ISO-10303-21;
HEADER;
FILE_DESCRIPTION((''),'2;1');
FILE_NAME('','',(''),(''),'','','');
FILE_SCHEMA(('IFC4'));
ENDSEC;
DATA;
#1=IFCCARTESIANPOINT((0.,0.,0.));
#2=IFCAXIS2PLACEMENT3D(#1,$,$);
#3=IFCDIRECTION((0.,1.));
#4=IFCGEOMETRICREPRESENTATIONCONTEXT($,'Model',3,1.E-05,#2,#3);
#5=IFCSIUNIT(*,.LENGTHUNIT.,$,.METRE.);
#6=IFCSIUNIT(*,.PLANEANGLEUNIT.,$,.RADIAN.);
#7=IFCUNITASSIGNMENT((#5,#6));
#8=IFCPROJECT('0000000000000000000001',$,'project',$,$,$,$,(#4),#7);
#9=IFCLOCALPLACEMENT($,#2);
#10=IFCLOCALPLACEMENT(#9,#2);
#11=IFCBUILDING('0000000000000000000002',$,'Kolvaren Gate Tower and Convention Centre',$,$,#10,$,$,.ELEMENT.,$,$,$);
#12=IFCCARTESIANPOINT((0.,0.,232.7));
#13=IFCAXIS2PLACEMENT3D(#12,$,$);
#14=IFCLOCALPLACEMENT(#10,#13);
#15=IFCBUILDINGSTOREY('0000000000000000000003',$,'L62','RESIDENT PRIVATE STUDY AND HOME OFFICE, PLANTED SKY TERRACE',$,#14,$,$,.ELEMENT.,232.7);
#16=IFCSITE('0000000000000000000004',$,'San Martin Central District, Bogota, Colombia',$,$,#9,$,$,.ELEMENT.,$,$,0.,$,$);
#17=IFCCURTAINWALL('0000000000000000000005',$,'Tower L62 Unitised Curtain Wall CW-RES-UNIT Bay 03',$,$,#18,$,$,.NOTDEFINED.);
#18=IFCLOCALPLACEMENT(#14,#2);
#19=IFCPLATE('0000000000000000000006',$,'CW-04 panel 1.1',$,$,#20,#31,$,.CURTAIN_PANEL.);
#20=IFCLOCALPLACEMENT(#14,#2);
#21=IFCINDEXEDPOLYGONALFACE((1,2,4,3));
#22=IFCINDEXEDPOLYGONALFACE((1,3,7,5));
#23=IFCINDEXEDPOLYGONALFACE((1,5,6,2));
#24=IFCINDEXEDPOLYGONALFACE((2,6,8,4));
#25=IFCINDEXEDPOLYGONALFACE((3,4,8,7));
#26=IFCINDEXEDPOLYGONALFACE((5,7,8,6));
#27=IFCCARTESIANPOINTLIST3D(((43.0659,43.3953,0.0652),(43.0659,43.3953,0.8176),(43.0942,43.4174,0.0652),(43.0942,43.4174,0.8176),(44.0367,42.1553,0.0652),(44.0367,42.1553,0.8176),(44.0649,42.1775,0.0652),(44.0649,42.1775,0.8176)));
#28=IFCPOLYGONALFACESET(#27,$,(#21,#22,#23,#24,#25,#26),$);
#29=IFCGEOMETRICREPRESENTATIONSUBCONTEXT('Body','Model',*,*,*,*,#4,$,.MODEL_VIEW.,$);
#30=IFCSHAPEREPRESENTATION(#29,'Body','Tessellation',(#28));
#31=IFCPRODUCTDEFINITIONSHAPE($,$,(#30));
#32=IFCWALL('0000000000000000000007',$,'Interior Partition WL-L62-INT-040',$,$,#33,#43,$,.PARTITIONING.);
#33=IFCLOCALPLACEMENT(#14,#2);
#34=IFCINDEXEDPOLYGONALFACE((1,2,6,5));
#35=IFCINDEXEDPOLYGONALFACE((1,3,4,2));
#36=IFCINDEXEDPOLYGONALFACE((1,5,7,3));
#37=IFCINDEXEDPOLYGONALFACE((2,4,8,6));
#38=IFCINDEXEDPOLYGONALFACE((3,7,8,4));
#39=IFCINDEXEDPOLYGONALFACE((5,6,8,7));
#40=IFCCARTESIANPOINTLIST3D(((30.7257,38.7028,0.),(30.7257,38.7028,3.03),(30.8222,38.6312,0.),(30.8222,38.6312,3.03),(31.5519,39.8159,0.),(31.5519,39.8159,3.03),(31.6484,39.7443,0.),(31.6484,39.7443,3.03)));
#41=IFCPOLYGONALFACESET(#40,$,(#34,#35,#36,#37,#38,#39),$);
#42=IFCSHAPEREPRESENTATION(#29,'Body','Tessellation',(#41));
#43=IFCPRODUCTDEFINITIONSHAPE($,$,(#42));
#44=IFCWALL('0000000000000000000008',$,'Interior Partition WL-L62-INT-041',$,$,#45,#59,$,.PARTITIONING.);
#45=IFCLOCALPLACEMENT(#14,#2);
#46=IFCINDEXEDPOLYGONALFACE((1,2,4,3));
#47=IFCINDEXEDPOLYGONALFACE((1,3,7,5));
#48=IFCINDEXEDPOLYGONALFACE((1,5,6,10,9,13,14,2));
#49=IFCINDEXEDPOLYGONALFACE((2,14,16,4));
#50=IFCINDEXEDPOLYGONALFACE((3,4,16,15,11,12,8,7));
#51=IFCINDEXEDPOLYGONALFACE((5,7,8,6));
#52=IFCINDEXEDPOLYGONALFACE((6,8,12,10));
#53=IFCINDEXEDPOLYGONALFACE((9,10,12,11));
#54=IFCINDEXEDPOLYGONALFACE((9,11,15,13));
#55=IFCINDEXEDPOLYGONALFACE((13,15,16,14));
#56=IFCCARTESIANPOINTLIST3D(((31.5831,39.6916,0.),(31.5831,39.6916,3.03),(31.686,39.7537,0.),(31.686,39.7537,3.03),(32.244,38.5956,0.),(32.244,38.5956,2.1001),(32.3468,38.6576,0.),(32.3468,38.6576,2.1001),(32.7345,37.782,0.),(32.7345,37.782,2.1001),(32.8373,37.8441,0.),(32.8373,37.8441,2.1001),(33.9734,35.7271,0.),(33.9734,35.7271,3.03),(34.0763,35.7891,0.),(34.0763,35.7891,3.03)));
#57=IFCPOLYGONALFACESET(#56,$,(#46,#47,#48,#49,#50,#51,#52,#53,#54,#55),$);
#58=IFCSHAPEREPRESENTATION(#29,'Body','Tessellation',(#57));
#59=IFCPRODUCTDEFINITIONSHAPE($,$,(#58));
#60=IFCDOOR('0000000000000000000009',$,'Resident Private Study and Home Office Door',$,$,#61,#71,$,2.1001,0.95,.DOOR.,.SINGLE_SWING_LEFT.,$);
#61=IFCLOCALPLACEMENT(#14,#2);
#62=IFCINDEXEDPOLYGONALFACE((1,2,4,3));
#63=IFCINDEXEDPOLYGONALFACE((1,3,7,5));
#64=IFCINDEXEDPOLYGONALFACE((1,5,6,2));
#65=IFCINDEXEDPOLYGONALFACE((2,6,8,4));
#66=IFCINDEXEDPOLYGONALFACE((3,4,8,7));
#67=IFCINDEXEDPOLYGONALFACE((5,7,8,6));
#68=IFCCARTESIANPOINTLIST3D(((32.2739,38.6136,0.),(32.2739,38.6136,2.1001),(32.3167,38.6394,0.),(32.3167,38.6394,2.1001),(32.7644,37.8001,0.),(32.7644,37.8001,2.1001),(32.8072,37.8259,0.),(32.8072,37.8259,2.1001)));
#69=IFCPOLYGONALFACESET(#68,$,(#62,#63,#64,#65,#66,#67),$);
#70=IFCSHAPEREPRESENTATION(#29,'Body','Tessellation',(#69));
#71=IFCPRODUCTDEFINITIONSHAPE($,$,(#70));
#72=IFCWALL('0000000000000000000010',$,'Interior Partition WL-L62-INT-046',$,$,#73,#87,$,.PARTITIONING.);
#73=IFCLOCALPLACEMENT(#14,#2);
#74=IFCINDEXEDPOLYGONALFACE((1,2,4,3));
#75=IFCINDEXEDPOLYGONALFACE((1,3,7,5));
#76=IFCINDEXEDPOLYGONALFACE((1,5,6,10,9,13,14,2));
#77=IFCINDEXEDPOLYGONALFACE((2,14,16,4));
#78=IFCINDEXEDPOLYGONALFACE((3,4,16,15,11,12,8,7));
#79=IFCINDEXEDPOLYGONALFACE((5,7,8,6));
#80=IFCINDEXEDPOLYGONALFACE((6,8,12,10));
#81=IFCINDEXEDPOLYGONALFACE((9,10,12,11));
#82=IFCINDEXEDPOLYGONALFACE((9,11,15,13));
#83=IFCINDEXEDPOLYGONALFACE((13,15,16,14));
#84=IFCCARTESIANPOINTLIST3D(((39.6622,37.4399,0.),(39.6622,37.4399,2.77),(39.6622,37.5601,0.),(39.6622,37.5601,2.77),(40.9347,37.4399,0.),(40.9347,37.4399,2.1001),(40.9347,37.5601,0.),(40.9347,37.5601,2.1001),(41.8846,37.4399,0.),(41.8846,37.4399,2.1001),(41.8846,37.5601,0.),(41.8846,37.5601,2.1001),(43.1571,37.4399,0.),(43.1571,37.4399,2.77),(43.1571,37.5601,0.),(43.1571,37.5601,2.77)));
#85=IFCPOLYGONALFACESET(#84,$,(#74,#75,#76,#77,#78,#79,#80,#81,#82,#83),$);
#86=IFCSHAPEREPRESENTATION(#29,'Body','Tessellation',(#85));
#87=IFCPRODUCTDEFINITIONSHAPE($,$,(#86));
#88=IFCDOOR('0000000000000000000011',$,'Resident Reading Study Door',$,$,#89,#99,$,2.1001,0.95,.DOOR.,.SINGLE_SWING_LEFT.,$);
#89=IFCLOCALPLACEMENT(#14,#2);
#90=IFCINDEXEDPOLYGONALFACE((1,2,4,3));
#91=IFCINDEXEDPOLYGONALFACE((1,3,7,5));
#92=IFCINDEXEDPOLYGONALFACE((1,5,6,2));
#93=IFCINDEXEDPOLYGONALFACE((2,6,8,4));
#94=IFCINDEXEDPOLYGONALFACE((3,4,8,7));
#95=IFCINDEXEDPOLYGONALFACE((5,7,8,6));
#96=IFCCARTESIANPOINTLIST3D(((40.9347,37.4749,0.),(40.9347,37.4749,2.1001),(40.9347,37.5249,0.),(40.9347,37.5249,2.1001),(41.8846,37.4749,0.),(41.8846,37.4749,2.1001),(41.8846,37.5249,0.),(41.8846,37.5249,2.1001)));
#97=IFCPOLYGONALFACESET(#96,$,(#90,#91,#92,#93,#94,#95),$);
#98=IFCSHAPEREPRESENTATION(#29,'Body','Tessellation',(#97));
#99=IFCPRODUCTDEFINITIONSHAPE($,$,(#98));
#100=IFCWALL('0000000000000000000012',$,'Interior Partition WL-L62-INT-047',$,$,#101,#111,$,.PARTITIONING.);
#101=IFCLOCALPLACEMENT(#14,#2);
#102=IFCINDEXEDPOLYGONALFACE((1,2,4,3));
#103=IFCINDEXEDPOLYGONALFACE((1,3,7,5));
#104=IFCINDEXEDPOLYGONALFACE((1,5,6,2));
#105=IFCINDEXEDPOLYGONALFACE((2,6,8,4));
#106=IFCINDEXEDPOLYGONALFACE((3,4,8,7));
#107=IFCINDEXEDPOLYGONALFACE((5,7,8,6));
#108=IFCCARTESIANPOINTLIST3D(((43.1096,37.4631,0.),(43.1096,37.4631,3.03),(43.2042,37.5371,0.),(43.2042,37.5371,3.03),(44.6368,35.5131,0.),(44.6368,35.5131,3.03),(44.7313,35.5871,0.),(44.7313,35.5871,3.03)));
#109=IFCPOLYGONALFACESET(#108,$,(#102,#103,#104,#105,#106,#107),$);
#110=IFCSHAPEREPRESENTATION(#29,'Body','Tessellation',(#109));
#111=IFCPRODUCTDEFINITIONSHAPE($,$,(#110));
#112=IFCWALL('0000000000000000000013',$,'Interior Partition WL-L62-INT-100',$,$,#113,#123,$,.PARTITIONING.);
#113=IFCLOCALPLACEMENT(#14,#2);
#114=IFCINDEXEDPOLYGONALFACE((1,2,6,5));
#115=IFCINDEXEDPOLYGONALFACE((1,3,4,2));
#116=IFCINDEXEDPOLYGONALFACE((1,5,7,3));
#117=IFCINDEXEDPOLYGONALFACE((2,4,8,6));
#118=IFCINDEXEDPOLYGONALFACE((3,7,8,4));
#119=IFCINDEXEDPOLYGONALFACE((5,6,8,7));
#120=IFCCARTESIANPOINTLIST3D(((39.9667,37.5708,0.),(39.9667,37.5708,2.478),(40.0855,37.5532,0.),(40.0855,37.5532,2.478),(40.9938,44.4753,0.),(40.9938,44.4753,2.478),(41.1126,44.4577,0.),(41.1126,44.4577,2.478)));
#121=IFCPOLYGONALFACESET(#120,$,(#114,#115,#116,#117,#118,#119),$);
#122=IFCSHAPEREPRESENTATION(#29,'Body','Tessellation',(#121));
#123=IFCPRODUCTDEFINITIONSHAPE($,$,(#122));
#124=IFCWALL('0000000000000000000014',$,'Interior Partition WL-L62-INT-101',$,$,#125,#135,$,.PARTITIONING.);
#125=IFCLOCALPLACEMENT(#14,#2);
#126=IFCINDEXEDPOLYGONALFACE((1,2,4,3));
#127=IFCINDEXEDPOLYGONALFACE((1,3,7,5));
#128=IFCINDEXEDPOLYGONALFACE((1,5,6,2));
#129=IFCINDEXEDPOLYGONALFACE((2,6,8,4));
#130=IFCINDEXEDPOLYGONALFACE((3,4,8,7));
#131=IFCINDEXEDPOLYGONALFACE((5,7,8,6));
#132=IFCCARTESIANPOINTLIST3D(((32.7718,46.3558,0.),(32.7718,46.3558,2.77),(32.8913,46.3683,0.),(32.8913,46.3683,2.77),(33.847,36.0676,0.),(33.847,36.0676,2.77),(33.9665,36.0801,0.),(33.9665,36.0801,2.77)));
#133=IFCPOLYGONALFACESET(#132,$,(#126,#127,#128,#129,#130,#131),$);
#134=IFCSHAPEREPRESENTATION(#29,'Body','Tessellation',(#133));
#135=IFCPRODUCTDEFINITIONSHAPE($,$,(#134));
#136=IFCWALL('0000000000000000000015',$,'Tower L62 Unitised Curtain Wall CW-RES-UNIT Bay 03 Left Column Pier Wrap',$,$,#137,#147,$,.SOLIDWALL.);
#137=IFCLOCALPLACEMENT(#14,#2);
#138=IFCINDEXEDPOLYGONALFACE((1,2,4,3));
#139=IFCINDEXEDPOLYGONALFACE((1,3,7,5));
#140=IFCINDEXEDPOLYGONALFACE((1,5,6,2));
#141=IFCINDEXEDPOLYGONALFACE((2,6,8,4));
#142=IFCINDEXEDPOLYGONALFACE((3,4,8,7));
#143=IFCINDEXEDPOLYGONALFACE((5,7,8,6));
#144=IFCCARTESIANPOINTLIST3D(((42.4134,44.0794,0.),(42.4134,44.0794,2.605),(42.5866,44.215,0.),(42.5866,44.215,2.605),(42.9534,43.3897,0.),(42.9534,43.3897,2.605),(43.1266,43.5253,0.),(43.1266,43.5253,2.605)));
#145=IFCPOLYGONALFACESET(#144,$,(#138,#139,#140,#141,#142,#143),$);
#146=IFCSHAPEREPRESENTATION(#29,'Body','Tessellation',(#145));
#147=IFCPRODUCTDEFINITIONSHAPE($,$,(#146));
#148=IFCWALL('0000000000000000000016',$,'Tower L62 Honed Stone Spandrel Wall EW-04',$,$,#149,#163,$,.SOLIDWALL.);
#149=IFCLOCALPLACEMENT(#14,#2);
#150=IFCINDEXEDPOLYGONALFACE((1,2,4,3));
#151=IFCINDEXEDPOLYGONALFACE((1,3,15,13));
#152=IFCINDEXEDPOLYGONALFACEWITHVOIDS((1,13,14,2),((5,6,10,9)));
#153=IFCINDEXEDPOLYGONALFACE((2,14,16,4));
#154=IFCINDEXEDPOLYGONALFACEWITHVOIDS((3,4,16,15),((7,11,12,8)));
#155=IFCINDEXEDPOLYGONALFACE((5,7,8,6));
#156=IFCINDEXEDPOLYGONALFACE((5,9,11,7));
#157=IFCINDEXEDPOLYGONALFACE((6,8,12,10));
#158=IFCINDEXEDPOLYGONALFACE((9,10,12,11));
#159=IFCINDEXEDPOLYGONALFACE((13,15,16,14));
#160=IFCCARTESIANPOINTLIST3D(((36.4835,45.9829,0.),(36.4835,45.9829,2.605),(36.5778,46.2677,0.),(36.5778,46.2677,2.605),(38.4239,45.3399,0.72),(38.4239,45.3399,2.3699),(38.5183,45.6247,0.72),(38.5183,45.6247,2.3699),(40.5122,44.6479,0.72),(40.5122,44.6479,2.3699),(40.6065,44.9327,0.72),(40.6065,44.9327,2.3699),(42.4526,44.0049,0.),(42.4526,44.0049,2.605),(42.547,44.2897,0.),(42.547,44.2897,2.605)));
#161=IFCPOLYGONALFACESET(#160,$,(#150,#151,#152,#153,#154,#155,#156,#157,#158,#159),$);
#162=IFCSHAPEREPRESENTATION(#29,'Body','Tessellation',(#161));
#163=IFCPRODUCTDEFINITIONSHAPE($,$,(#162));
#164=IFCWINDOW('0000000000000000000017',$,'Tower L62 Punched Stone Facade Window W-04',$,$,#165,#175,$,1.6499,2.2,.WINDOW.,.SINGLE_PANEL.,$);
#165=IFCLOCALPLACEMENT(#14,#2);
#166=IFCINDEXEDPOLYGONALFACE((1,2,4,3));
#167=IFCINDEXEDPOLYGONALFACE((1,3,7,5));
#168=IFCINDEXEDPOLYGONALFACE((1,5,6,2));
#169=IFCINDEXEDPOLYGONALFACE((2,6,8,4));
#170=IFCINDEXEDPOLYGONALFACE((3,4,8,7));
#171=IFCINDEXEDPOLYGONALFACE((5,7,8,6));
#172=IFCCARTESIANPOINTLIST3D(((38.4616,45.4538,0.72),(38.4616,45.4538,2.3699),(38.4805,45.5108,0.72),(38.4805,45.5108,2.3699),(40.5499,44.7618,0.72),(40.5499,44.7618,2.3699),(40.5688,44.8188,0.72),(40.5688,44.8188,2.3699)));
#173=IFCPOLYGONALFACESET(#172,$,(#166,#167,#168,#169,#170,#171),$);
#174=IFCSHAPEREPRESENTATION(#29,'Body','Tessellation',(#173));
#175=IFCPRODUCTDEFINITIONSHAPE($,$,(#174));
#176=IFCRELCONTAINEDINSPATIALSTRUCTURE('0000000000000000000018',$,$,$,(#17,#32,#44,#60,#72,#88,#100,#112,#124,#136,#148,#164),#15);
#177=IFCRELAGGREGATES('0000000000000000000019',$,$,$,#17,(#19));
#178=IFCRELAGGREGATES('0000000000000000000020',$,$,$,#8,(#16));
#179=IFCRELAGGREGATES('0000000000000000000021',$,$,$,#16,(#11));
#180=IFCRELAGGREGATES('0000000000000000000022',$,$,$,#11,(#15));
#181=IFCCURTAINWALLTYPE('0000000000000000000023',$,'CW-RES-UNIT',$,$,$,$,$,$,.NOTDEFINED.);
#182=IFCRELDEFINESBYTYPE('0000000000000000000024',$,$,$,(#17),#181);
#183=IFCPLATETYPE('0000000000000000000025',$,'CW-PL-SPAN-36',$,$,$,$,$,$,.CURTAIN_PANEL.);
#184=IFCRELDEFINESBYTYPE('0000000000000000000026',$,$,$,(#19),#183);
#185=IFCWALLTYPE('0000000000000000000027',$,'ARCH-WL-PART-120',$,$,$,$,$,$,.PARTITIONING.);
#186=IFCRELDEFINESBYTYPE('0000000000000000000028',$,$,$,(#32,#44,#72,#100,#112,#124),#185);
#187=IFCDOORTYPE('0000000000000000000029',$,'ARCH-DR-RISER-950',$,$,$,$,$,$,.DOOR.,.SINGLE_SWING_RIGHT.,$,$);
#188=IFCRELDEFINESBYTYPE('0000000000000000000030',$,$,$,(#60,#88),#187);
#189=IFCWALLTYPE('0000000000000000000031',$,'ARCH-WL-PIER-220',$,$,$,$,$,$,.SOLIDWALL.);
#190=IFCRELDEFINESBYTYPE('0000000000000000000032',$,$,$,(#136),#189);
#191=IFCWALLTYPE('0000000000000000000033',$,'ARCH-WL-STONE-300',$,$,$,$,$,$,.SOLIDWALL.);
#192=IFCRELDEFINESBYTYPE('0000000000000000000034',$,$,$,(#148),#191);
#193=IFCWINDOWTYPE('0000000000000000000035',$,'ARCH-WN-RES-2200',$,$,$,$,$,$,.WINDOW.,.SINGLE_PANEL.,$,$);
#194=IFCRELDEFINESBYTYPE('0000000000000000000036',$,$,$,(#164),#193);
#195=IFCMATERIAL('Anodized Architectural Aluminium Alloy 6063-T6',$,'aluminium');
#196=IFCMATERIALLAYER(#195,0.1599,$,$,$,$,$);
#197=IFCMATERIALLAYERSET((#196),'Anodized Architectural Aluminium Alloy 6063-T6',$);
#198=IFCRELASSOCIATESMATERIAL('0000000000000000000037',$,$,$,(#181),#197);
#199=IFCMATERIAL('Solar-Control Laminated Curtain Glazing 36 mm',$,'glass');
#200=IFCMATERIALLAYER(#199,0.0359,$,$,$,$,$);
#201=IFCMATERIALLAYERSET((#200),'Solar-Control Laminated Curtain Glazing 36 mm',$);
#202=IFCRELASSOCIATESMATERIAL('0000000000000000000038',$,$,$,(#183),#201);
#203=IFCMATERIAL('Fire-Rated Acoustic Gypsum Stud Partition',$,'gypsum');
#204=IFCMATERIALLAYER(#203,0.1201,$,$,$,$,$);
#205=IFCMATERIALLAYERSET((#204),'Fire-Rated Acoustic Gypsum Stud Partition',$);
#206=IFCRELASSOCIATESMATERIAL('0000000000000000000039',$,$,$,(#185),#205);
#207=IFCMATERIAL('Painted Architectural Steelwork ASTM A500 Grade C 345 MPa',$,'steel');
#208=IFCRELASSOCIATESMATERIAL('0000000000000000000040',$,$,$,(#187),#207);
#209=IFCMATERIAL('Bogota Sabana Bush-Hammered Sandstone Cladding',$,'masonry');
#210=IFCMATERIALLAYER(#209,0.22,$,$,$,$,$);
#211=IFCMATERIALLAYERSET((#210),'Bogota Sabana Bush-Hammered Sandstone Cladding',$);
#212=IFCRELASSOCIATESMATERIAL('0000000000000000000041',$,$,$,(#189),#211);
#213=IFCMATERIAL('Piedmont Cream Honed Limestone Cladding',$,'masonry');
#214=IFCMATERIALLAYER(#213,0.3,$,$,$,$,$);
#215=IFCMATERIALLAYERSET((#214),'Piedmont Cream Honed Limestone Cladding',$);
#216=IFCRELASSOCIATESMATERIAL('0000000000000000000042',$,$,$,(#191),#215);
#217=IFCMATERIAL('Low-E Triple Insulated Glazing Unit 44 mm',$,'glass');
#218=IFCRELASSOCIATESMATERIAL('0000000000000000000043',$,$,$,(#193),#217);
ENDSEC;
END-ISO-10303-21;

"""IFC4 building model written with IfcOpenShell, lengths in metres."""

from ifc_helpers import new_model, si_unit, direction, frame, frame_2d, origin, origin_2d, place, context, subcontext, project, spatial, rectangle, extrude, material, layer, layer_set, type_object, element, fill, aggregate, save


model = new_model("IFC4")

# Units and contexts
model_context = context("Model", 3, precision=1e-05, world=origin(), true_north=direction((0.0, 1.0)))
body_context = subcontext(model_context, "Body", "Model", "MODEL_VIEW")
ifc_project = project(units=[si_unit("LENGTHUNIT", "METRE"), si_unit("PLANEANGLEUNIT", "RADIAN")], contexts=[model_context])

# Site, building, storey
site_placement = place(None, origin())
site = spatial("IfcSite", under=ifc_project, at=site_placement, Name="San Martin Central District, Bogota, Colombia", CompositionType="ELEMENT", RefElevation=0.0)
building_placement = place(site_placement, origin())
building = spatial("IfcBuilding", under=site, at=building_placement, Name="Kolvaren Gate Tower and Convention Centre", CompositionType="ELEMENT")
storey_placement = place(building_placement, frame((0.0, 0.0, 232.7)))
storey = spatial("IfcBuildingStorey", under=building, at=storey_placement, Name="L62", Description="RESIDENT PRIVATE STUDY AND HOME OFFICE, PLANTED SKY TERRACE", CompositionType="ELEMENT", Elevation=232.7)

# Curtain wall
ifc_material_1 = material(Name="Anodized Architectural Aluminium Alloy 6063-T6", Category="aluminium")
ifc_layer_1 = layer(ifc_material_1, 0.1599)
ifc_layer_set_1 = layer_set([ifc_layer_1], Name="Anodized Architectural Aluminium Alloy 6063-T6")
curtain_wall_type = type_object("IfcCurtainWallType", Name="CW-RES-UNIT", PredefinedType="NOTDEFINED", material=ifc_layer_set_1)
curtain_wall_placement = place(storey_placement, origin())
curtain_wall = element("IfcCurtainWall", 1, at=curtain_wall_placement, inside=storey, type_object=curtain_wall_type, Name="Tower L62 Unitised Curtain Wall CW-RES-UNIT Bay 03", PredefinedType="NOTDEFINED")

# Plate
ifc_material_2 = material(Name="Low-E Triple Insulated Glazing Unit 44 mm", Category="glass")
ifc_material_3 = material(Name="Solar-Control Laminated Curtain Glazing 36 mm", Category="glass")
ifc_layer_2 = layer(ifc_material_3, 0.0359)
ifc_layer_set_2 = layer_set([ifc_layer_2], Name="Solar-Control Laminated Curtain Glazing 36 mm")
plate_type_1 = type_object("IfcPlateType", Name="CW-PL-SPAN-36", PredefinedType="CURTAIN_PANEL", material=ifc_layer_set_2)
plate_1_placement = place(storey_placement, frame((43.5654, 42.7864, 0.0652), z_axis=(0.0, 0.0, 1.0), x_axis=(0.616437, -0.787404, 0.0)))
plate_1 = element("IfcPlate", 2, at=plate_1_placement, type_object=plate_type_1, Name="CW-04 panel 1.1", PredefinedType="CURTAIN_PANEL", context=body_context, shape_type="SweptSolid", body=[
    extrude(rectangle(XDim=1.5747, YDim=0.0359, at=origin_2d()), origin(), (0.0, 0.0, 1.0), 0.7524),
])
aggregate(curtain_wall, [plate_1])

# Wall
ifc_material_4 = material(Name="Fire-Rated Acoustic Gypsum Stud Partition", Category="gypsum")
ifc_layer_3 = layer(ifc_material_4, 0.1201)
ifc_layer_set_3 = layer_set([ifc_layer_3], Name="Fire-Rated Acoustic Gypsum Stud Partition")
wall_type_1 = type_object("IfcWallType", Name="ARCH-WL-PART-120", PredefinedType="PARTITIONING", material=ifc_layer_set_3)
wall_1_placement = place(storey_placement, frame((30.7739, 38.667, 0.0), z_axis=(0.0, 0.0, 1.0), x_axis=(0.596019, 0.80297, 0.0)))
element("IfcWall", 3, at=wall_1_placement, inside=storey, type_object=wall_type_1, Name="Interior Partition WL-L62-INT-040", PredefinedType="PARTITIONING", context=body_context, shape_type="SweptSolid", body=[
    extrude(rectangle(XDim=1.3862, YDim=0.1201, at=frame_2d((0.6931, 0.0))), origin(), (0.0, 0.0, 1.0), 3.03),
])

# Walls, openings, doors
wall_2_placement = place(storey_placement, frame((31.6345, 39.7227, 0.0), z_axis=(0.0, 0.0, 1.0), x_axis=(0.51634, -0.856383, 0.0)))
wall_2 = element("IfcWall", 4, at=wall_2_placement, inside=storey, type_object=wall_type_1, Name="Interior Partition WL-L62-INT-041", PredefinedType="PARTITIONING", context=body_context, shape_type="SweptSolid", body=[
    extrude(rectangle(XDim=4.6294, YDim=0.1201, at=frame_2d((2.3147, 0.0))), origin(), (0.0, 0.0, 1.0), 3.03),
])
opening_1_placement = place(wall_2_placement, frame((1.2798, 0.0, 0.0)))
opening_1 = element("IfcOpeningElement", 5, at=opening_1_placement, cuts=wall_2, PredefinedType="OPENING", context=body_context, shape_type="SweptSolid", body=[
    extrude(rectangle(XDim=0.95, YDim=2.1001, at=frame_2d((0.4751, 1.05))), frame((0.0, 0.0701, 0.0), z_axis=(0.0, -1.0, 0.0), x_axis=(1.0, 0.0, 0.0)), (0.0, 0.0, 1.0), 0.1401),
])
ifc_material_5 = material(Name="Painted Architectural Steelwork ASTM A500 Grade C 345 MPa", Category="steel")
door_type = type_object("IfcDoorType", Name="ARCH-DR-RISER-950", OperationType="SINGLE_SWING_RIGHT", PredefinedType="DOOR", material=ifc_material_5)
door_1_placement = place(opening_1_placement, origin())
door_1 = element("IfcDoor", 6, at=door_1_placement, inside=storey, type_object=door_type, Name="Resident Private Study and Home Office Door", OperationType="SINGLE_SWING_LEFT", OverallHeight=2.1001, OverallWidth=0.95, PredefinedType="DOOR", context=body_context, shape_type="SweptSolid", body=[
    extrude(rectangle(XDim=0.95, YDim=2.1001, at=frame_2d((0.4751, 1.05))), frame((0.0, 0.0249, 0.0), z_axis=(0.0, -1.0, 0.0), x_axis=(1.0, 0.0, 0.0)), (0.0, 0.0, 1.0), 0.05),
])
fill(opening_1, door_1)
wall_3_placement = place(storey_placement, frame((39.6621, 37.5, 0.0), z_axis=(0.0, 0.0, 1.0), x_axis=(1.0, 0.0, 0.0)))
wall_3 = element("IfcWall", 7, at=wall_3_placement, inside=storey, type_object=wall_type_1, Name="Interior Partition WL-L62-INT-046", PredefinedType="PARTITIONING", context=body_context, shape_type="SweptSolid", body=[
    extrude(rectangle(XDim=3.4949, YDim=0.1201, at=frame_2d((1.7476, 0.0))), origin(), (0.0, 0.0, 1.0), 2.77),
])
opening_2_placement = place(wall_3_placement, frame((1.2725, 0.0, 0.0)))
opening_2 = element("IfcOpeningElement", 8, at=opening_2_placement, cuts=wall_3, PredefinedType="OPENING", context=body_context, shape_type="SweptSolid", body=[
    extrude(rectangle(XDim=0.95, YDim=2.1001, at=frame_2d((0.4751, 1.05))), frame((0.0, 0.0701, 0.0), z_axis=(0.0, -1.0, 0.0), x_axis=(1.0, 0.0, 0.0)), (0.0, 0.0, 1.0), 0.1401),
])
door_2_placement = place(opening_2_placement, origin())
door_2 = element("IfcDoor", 9, at=door_2_placement, inside=storey, type_object=door_type, Name="Resident Reading Study Door", OperationType="SINGLE_SWING_LEFT", OverallHeight=2.1001, OverallWidth=0.95, PredefinedType="DOOR", context=body_context, shape_type="SweptSolid", body=[
    extrude(rectangle(XDim=0.95, YDim=2.1001, at=frame_2d((0.4751, 1.05))), frame((0.0, 0.0249, 0.0), z_axis=(0.0, -1.0, 0.0), x_axis=(1.0, 0.0, 0.0)), (0.0, 0.0, 1.0), 0.05),
])
fill(opening_2, door_2)

# Walls
wall_4_placement = place(storey_placement, frame((43.157, 37.5, 0.0), z_axis=(0.0, 0.0, 1.0), x_axis=(0.616571, -0.787299, 0.0)))
element("IfcWall", 10, at=wall_4_placement, inside=storey, type_object=wall_type_1, Name="Interior Partition WL-L62-INT-047", PredefinedType="PARTITIONING", context=body_context, shape_type="SweptSolid", body=[
    extrude(rectangle(XDim=2.4768, YDim=0.1201, at=frame_2d((1.2383, 0.0))), origin(), (0.0, 0.0, 1.0), 3.03),
])
wall_5_placement = place(storey_placement, frame((40.0261, 37.562, 0.0), z_axis=(0.0, 0.0, 1.0), x_axis=(0.147138, 0.989116, 0.0)))
element("IfcWall", 11, at=wall_5_placement, inside=storey, type_object=wall_type_1, Name="Interior Partition WL-L62-INT-100", PredefinedType="PARTITIONING", context=body_context, shape_type="SweptSolid", body=[
    extrude(rectangle(XDim=6.9805, YDim=0.1201, at=frame_2d((3.4902, 0.0))), origin(), (0.0, 0.0, 1.0), 2.478),
])
wall_6_placement = place(storey_placement, frame((32.8315, 46.3621, 0.0), z_axis=(0.0, 0.0, 1.0), x_axis=(0.103943, -0.994583, 0.0)))
element("IfcWall", 12, at=wall_6_placement, inside=storey, type_object=wall_type_1, Name="Interior Partition WL-L62-INT-101", PredefinedType="PARTITIONING", context=body_context, shape_type="SweptSolid", body=[
    extrude(rectangle(XDim=10.3442, YDim=0.1201, at=frame_2d((5.1721, 0.0))), origin(), (0.0, 0.0, 1.0), 2.77),
])
ifc_material_6 = material(Name="Bogota Sabana Bush-Hammered Sandstone Cladding", Category="masonry")
ifc_layer_4 = layer(ifc_material_6, 0.22)
ifc_layer_set_4 = layer_set([ifc_layer_4], Name="Bogota Sabana Bush-Hammered Sandstone Cladding")
wall_type_2 = type_object("IfcWallType", Name="ARCH-WL-PIER-220", PredefinedType="SOLIDWALL", material=ifc_layer_set_4)
wall_7_placement = place(storey_placement, frame((42.5, 44.1472, 0.0), z_axis=(0.0, 0.0, 1.0), x_axis=(0.616504, -0.787352, 0.0)))
element("IfcWall", 13, at=wall_7_placement, inside=storey, type_object=wall_type_2, Name="Tower L62 Unitised Curtain Wall CW-RES-UNIT Bay 03 Left Column Pier Wrap", PredefinedType="SOLIDWALL", context=body_context, shape_type="SweptSolid", body=[
    extrude(rectangle(XDim=0.876, YDim=0.22, at=frame_2d((0.438, 0.0))), origin(), (0.0, 0.0, 1.0), 2.605),
])

# Wall, opening, window
ifc_material_7 = material(Name="Piedmont Cream Honed Limestone Cladding", Category="masonry")
ifc_layer_5 = layer(ifc_material_7, 0.3)
ifc_layer_set_5 = layer_set([ifc_layer_5], Name="Piedmont Cream Honed Limestone Cladding")
wall_type_3 = type_object("IfcWallType", Name="ARCH-WL-STONE-300", PredefinedType="SOLIDWALL", material=ifc_layer_set_5)
wall_8_placement = place(storey_placement, frame((36.5308, 46.1252, 0.0), z_axis=(0.0, 0.0, 1.0), x_axis=(0.949241, -0.31455, 0.0)))
wall_8 = element("IfcWall", 14, at=wall_8_placement, inside=storey, type_object=wall_type_3, Name="Tower L62 Honed Stone Spandrel Wall EW-04", PredefinedType="SOLIDWALL", context=body_context, shape_type="SweptSolid", body=[
    extrude(rectangle(XDim=6.2883, YDim=0.3, at=frame_2d((3.144, 0.0))), origin(), (0.0, 0.0, 1.0), 2.605),
])
opening_3_placement = place(wall_8_placement, frame((2.0439, 0.0, 0.72)))
opening_3 = element("IfcOpeningElement", 15, at=opening_3_placement, cuts=wall_8, PredefinedType="OPENING", context=body_context, shape_type="SweptSolid", body=[
    extrude(rectangle(XDim=2.2, YDim=1.6499, at=frame_2d((1.1001, 0.825))), frame((0.0, 0.1599, 0.0), z_axis=(0.0, -1.0, 0.0), x_axis=(1.0, 0.0, 0.0)), (0.0, 0.0, 1.0), 0.3201),
])
window_type = type_object("IfcWindowType", Name="ARCH-WN-RES-2200", PartitioningType="SINGLE_PANEL", PredefinedType="WINDOW", material=ifc_material_2)
window_1_placement = place(opening_3_placement, origin())
window_1 = element("IfcWindow", 16, at=window_1_placement, inside=storey, type_object=window_type, Name="Tower L62 Punched Stone Facade Window W-04", OverallHeight=1.6499, OverallWidth=2.2, PartitioningType="SINGLE_PANEL", PredefinedType="WINDOW", context=body_context, shape_type="SweptSolid", body=[
    extrude(rectangle(XDim=2.2, YDim=1.6499, at=frame_2d((1.1001, 0.825))), frame((0.0, 0.03, 0.0), z_axis=(0.0, -1.0, 0.0), x_axis=(1.0, 0.0, 0.0)), (0.0, 0.0, 1.0), 0.0601),
])
fill(opening_3, window_1)

save(model, "model.ifc")
